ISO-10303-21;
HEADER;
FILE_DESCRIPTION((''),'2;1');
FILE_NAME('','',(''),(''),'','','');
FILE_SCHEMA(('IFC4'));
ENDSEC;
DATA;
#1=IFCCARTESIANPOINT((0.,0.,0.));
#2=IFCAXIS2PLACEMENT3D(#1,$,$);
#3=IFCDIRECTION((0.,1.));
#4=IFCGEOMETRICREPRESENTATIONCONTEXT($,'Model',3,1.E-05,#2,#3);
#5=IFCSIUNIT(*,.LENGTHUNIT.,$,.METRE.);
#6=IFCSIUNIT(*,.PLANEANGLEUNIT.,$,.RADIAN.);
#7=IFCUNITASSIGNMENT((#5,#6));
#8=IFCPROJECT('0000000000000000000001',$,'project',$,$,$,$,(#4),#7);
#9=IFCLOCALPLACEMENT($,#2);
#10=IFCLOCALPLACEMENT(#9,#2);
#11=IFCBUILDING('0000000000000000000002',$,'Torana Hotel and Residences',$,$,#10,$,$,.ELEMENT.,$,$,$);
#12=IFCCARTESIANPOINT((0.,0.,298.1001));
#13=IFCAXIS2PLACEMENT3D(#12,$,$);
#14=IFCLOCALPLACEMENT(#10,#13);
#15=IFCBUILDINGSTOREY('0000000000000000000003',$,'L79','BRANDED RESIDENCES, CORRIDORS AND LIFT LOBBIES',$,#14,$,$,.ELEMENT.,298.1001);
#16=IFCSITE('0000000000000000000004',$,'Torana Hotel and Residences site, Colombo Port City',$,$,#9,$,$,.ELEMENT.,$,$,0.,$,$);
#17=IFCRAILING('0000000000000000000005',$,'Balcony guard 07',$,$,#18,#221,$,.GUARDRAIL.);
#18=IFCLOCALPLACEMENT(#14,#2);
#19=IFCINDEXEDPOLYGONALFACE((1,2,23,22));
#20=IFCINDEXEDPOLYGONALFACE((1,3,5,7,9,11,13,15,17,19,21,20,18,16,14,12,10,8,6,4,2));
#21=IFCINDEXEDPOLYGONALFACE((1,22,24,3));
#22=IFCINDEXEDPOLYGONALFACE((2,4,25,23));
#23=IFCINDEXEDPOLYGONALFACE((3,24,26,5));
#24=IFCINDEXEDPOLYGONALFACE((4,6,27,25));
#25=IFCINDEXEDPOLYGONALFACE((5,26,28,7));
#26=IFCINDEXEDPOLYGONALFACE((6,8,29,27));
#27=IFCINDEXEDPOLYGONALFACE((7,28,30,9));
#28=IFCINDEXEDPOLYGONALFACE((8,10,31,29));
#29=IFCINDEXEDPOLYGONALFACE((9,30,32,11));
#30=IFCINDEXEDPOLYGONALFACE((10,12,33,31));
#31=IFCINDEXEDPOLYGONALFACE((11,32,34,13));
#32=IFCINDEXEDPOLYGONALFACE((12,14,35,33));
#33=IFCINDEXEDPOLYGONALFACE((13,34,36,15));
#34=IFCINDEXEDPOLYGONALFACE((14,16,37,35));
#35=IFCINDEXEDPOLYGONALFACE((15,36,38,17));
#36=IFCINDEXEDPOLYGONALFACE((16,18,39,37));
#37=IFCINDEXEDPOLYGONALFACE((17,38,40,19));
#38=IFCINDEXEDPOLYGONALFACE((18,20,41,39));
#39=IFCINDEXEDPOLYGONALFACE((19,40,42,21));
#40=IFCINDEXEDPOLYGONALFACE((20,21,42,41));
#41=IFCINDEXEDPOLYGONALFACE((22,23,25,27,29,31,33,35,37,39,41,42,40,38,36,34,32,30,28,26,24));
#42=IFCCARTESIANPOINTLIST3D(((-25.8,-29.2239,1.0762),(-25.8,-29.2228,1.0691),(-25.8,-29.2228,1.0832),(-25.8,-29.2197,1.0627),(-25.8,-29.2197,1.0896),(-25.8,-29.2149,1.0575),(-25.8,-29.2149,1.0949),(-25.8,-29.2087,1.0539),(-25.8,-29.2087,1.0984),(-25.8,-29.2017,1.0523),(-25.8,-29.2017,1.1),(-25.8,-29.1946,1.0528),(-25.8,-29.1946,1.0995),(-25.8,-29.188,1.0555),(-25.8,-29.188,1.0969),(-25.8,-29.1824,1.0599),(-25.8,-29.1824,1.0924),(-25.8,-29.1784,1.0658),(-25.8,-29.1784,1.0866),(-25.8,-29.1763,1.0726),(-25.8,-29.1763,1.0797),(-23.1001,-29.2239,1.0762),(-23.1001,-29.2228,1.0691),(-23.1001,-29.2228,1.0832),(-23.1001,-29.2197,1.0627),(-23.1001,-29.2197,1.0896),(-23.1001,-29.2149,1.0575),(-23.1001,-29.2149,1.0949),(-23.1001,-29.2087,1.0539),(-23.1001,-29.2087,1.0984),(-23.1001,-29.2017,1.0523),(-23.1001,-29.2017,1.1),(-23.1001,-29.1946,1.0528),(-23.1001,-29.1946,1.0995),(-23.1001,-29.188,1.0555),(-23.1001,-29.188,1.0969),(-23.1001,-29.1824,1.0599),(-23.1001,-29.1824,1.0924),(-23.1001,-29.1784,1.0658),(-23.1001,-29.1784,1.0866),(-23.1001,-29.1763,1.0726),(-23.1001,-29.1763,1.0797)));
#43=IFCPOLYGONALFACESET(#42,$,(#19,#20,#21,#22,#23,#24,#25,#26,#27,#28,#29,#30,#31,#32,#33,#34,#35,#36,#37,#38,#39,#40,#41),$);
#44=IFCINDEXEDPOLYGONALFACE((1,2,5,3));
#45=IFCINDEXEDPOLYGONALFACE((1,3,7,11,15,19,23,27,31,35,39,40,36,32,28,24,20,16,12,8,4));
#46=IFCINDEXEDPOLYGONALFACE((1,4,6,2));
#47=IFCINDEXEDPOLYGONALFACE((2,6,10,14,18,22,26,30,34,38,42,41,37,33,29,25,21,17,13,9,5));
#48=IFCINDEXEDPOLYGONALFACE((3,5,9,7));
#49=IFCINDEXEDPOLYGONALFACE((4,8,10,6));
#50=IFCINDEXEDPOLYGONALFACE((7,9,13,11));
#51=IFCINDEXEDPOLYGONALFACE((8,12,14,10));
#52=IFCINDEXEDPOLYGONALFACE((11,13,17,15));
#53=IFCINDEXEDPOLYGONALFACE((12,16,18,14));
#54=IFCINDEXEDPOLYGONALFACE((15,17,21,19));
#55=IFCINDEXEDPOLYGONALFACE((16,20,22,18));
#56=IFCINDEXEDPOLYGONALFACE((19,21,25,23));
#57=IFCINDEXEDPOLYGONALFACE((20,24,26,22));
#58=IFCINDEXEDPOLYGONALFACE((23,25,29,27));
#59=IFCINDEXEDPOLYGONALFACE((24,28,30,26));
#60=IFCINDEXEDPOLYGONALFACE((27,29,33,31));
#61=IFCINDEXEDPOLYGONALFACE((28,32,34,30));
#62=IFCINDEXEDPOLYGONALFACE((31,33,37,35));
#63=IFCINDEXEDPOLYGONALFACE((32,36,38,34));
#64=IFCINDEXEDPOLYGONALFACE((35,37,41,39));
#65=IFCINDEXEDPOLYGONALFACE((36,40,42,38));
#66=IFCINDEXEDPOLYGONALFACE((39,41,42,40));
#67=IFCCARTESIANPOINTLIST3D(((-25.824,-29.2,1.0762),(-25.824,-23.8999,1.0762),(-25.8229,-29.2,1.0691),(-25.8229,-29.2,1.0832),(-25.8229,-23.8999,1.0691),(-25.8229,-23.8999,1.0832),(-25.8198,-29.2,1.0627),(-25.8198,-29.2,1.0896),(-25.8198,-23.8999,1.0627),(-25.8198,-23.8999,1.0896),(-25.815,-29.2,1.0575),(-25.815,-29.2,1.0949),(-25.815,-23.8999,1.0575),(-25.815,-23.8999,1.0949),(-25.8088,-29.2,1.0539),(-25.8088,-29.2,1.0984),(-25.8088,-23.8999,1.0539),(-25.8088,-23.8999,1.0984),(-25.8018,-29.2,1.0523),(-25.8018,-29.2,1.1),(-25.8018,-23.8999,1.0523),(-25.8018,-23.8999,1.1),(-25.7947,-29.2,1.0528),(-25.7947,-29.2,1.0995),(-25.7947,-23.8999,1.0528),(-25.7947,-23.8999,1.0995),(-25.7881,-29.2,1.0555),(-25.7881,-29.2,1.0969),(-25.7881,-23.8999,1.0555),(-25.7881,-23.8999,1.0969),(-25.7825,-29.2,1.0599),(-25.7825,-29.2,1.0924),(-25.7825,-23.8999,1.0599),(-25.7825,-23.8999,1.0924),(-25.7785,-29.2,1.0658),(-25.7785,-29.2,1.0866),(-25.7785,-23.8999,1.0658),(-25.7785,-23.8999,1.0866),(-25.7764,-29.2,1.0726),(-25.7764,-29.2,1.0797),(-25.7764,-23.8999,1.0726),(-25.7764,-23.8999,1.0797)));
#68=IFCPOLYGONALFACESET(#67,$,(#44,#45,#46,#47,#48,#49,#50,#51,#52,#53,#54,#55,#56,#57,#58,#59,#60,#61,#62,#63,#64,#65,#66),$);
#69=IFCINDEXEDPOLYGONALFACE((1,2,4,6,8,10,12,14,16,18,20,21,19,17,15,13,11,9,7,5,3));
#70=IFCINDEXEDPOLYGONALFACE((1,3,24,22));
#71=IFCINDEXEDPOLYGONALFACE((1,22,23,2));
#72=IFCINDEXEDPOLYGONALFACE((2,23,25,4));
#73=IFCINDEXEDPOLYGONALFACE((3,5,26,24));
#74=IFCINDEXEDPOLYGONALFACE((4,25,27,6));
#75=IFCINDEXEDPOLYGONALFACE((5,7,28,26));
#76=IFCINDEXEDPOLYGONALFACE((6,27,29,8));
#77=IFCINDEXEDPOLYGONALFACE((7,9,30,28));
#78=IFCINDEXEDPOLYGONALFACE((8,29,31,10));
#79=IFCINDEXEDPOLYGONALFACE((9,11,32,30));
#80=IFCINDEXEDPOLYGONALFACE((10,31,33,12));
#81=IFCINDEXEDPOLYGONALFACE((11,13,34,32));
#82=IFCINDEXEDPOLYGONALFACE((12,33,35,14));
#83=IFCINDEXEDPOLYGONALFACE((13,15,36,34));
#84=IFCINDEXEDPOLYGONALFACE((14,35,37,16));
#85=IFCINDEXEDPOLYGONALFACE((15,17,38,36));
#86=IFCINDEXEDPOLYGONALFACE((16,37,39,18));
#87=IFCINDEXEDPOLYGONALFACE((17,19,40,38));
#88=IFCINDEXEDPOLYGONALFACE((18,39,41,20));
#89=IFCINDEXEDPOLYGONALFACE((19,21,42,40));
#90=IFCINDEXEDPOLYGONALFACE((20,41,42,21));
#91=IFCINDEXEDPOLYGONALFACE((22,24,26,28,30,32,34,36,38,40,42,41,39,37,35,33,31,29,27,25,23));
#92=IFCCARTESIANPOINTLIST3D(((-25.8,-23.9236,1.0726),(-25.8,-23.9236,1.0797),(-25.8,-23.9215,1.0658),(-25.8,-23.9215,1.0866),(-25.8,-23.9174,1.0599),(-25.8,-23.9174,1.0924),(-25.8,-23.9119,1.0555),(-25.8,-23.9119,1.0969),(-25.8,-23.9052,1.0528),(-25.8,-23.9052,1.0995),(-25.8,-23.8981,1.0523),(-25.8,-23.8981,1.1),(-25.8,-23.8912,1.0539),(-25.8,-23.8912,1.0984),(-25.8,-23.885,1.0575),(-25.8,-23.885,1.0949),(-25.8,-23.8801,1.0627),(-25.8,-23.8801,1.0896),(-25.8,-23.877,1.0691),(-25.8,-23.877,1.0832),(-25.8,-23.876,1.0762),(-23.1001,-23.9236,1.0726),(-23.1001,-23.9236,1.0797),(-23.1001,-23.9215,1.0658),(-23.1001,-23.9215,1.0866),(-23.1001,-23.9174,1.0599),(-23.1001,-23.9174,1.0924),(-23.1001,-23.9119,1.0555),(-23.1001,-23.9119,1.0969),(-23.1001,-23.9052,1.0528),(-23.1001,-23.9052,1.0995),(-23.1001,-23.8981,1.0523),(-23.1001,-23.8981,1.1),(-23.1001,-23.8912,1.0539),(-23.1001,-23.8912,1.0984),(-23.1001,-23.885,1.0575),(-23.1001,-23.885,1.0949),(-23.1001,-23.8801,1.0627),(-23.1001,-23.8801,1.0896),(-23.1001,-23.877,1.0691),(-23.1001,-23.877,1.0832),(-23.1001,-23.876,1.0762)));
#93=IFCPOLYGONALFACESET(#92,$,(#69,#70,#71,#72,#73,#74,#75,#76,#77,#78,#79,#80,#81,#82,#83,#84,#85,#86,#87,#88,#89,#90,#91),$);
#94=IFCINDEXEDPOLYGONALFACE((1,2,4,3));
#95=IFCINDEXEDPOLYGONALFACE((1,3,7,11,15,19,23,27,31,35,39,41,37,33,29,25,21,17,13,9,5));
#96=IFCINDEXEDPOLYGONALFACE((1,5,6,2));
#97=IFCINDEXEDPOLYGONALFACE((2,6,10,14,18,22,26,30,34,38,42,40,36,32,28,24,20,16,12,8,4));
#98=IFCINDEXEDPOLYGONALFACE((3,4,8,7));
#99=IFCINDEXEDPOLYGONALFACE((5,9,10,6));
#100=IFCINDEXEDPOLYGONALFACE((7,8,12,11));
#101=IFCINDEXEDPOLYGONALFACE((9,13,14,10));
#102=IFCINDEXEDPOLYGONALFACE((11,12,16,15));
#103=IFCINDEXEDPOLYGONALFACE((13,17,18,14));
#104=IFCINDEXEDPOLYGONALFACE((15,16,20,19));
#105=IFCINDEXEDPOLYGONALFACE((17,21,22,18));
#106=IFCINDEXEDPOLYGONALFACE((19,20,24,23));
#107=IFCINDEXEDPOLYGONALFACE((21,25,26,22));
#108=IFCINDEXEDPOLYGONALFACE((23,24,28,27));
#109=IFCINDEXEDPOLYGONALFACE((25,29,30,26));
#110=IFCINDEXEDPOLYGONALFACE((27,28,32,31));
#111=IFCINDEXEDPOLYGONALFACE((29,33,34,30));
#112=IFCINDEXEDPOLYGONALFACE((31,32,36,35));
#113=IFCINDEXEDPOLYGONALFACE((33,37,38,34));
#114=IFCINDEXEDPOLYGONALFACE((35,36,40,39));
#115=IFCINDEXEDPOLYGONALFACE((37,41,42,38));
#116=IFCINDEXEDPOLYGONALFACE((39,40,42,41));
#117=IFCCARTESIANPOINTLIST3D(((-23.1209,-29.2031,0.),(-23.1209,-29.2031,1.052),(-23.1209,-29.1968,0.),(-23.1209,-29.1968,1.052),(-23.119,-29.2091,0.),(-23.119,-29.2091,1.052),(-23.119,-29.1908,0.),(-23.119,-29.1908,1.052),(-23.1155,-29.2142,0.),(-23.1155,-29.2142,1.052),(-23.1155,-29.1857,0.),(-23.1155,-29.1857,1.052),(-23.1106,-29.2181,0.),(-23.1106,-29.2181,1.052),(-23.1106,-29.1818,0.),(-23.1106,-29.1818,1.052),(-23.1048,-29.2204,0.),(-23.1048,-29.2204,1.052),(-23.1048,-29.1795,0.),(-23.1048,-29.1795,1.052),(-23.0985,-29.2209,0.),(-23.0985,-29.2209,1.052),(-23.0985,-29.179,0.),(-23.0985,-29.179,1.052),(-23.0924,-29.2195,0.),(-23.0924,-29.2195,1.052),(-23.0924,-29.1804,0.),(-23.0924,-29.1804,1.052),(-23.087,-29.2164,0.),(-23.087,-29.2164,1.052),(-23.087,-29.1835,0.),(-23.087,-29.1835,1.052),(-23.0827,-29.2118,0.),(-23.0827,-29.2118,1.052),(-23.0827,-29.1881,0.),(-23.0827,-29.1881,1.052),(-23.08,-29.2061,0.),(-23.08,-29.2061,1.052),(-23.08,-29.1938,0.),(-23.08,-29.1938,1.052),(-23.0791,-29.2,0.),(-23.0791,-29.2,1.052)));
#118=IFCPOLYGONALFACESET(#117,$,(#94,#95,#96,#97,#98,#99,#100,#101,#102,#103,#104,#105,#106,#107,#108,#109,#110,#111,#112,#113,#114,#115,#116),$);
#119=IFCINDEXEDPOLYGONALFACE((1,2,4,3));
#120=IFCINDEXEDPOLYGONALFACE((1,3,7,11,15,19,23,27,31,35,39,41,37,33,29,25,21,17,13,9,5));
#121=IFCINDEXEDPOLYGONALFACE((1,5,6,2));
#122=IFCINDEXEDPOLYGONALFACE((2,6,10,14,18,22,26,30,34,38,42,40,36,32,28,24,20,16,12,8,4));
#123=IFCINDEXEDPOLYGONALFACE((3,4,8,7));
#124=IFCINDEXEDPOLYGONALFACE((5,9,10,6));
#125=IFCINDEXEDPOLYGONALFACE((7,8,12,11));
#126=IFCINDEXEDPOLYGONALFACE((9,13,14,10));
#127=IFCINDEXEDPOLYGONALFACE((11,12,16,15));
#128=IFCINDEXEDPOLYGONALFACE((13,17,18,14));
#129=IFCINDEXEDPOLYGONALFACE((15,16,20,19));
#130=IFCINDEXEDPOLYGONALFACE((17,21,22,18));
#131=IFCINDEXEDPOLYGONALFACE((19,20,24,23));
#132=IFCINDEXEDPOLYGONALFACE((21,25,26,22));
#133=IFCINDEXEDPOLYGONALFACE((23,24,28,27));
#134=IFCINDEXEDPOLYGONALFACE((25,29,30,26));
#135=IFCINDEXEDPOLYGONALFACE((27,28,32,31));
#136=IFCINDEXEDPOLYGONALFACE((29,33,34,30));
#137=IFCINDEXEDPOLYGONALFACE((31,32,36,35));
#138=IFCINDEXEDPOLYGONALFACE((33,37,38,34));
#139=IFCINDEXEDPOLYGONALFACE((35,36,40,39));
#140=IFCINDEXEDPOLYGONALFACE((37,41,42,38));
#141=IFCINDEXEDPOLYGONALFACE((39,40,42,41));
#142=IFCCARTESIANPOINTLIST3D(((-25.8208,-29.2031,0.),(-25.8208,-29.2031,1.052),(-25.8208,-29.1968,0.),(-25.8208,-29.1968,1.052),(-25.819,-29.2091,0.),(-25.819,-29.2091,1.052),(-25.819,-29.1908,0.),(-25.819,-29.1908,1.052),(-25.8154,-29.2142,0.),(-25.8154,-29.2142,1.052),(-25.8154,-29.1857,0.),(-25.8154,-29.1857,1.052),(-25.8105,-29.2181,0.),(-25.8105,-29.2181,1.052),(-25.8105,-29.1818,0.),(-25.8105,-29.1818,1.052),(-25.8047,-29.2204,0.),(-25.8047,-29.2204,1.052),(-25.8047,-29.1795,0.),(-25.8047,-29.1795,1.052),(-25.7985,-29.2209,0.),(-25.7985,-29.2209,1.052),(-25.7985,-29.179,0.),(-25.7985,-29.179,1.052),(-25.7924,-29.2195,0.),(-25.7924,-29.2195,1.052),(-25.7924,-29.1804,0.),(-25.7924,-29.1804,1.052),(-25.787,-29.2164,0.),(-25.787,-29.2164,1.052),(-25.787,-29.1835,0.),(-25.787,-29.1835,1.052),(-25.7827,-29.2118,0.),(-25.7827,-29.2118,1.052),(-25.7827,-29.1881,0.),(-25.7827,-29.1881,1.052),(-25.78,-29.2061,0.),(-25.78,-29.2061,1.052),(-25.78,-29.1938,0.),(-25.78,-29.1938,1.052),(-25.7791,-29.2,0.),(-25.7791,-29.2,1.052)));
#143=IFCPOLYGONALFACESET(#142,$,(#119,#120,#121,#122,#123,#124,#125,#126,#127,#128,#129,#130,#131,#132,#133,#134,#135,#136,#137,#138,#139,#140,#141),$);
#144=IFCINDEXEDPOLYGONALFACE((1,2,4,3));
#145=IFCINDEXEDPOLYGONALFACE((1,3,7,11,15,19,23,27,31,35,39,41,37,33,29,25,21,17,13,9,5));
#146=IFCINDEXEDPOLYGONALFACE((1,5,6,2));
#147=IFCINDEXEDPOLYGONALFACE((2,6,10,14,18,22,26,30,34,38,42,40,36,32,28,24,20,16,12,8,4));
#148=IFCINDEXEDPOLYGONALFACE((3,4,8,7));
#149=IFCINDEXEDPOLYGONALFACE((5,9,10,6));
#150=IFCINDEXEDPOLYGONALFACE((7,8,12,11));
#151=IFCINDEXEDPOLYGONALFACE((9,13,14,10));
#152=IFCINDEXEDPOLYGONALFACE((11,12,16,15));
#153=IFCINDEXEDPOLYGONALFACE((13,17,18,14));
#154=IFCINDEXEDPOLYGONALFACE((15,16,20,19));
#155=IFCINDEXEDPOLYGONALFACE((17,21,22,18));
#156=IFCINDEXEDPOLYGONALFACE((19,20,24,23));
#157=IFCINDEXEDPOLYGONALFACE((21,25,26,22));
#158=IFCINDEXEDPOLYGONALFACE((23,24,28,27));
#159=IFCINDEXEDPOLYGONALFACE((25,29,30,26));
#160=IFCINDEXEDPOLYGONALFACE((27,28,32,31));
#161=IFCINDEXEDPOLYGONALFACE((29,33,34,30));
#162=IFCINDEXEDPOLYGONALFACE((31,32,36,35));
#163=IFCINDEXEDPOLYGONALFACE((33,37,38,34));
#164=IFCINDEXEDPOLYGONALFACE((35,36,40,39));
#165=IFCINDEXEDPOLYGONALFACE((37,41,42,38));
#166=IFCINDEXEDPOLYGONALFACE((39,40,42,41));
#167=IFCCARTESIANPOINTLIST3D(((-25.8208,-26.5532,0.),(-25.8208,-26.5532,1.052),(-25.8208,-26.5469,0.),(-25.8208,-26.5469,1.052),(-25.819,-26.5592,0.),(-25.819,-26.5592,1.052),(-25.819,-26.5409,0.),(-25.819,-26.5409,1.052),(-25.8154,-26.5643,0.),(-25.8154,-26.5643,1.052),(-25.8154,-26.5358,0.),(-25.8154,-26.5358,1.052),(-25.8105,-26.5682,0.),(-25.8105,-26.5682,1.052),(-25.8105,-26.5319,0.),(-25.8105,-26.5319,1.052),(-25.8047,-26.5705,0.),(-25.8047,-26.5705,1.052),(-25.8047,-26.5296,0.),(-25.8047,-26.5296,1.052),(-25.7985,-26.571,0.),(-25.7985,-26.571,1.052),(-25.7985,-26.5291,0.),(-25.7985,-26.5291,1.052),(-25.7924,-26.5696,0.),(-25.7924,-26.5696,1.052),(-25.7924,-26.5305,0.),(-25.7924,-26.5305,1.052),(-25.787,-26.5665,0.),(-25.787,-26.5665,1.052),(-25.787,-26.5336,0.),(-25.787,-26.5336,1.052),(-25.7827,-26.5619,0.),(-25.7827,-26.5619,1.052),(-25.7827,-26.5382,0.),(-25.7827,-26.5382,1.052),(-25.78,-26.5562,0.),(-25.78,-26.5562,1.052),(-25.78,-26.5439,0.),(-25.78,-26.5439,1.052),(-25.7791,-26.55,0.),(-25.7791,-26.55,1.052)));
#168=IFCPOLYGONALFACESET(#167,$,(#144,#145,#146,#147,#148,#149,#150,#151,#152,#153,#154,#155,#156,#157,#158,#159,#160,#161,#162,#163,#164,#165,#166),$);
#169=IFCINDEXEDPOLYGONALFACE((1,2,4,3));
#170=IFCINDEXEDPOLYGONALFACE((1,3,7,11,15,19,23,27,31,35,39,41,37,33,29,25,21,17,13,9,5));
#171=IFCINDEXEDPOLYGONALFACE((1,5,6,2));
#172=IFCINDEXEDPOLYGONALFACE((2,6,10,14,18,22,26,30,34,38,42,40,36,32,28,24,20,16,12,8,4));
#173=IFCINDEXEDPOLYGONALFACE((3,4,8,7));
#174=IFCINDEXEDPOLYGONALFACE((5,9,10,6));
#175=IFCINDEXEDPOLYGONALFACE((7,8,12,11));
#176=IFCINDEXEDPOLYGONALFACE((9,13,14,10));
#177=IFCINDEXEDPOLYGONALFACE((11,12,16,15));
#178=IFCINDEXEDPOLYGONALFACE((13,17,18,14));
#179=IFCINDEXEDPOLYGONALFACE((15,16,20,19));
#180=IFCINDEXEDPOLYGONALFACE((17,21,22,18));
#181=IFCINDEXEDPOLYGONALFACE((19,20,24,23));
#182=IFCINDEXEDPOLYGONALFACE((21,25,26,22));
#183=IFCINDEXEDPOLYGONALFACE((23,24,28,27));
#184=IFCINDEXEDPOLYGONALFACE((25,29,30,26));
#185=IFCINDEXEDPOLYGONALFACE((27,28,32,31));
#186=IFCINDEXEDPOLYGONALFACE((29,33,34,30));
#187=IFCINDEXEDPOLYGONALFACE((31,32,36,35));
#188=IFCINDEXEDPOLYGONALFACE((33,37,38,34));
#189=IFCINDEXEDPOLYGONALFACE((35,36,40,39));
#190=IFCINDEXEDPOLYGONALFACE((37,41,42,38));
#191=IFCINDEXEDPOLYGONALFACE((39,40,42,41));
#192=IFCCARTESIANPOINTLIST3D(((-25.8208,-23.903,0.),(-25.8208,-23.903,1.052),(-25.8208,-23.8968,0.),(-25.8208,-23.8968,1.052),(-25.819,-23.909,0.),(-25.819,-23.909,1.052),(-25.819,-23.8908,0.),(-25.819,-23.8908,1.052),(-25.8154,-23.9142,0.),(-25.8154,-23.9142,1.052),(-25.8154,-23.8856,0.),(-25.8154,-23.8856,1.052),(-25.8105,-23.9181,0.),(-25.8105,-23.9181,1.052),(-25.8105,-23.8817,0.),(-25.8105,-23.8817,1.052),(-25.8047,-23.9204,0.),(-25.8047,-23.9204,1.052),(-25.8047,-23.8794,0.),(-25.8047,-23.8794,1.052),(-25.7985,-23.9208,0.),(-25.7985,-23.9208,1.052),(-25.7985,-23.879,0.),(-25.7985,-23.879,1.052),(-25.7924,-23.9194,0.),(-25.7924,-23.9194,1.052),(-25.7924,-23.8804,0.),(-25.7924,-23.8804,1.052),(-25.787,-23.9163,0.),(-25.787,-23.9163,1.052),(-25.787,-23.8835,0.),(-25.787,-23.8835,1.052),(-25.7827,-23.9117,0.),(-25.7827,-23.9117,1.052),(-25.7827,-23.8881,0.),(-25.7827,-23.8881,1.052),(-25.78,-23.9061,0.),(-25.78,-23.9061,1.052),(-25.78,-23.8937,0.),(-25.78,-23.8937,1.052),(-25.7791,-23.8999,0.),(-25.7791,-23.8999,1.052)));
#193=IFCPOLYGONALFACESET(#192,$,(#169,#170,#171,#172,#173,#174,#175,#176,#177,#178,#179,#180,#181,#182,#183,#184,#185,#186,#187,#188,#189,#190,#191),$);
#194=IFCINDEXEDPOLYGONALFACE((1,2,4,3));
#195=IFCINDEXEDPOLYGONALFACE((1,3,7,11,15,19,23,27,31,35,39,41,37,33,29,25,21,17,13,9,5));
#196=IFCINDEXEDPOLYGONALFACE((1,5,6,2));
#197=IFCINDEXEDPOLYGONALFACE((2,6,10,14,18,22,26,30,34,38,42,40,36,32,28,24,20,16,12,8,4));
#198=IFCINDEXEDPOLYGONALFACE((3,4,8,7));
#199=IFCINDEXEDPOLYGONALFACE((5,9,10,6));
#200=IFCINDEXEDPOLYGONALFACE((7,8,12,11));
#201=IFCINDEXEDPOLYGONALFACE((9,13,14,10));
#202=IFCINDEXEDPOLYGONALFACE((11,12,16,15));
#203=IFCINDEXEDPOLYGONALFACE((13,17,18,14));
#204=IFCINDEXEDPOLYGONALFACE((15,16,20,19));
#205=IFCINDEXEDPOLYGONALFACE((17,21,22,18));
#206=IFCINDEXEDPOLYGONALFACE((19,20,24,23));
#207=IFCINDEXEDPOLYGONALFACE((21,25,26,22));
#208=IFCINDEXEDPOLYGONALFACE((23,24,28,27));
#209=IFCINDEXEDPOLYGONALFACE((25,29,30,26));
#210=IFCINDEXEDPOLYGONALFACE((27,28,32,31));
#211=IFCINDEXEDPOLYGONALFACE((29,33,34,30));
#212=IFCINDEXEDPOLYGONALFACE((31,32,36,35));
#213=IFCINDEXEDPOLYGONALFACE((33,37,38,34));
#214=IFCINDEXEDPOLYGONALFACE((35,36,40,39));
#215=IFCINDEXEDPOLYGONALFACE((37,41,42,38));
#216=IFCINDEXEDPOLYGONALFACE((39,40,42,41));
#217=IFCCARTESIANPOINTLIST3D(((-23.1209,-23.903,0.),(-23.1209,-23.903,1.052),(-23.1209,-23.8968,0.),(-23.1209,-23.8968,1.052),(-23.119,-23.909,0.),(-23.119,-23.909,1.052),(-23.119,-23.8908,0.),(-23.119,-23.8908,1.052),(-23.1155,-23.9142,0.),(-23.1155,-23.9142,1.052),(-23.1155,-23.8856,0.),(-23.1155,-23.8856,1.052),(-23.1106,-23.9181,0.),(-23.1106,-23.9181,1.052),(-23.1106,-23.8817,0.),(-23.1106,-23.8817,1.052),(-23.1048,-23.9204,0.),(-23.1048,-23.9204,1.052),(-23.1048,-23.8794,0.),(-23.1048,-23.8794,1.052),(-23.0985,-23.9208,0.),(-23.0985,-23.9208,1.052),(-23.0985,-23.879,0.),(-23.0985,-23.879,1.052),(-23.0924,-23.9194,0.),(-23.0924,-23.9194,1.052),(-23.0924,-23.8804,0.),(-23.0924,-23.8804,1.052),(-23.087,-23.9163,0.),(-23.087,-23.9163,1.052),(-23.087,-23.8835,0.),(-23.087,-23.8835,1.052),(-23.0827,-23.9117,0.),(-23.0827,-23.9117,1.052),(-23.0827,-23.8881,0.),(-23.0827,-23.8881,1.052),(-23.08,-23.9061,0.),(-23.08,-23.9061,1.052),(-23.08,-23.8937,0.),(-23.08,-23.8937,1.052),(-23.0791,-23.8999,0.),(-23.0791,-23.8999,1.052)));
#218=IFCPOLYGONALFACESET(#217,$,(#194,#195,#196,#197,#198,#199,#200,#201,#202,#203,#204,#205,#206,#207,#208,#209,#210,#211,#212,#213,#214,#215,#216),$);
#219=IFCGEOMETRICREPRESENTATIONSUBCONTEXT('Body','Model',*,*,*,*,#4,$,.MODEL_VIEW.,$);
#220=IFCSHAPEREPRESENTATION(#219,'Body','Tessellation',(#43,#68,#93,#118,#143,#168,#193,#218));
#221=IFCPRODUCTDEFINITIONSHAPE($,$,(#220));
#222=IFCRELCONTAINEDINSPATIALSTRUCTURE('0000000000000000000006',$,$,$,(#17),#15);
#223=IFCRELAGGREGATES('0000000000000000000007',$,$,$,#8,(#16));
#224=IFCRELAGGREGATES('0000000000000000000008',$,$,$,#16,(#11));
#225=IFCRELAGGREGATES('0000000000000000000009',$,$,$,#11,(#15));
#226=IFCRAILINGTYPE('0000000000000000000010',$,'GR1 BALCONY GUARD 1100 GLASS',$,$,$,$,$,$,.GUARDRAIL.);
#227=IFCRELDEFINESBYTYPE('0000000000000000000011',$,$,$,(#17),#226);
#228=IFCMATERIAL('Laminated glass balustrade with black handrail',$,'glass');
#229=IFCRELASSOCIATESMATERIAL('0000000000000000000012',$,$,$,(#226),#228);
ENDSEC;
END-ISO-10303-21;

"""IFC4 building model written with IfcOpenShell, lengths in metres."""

from ifc_helpers import new_model, si_unit, direction, frame, origin, origin_2d, place, context, subcontext, project, spatial, circle, extrude, material, type_object, element, save


model = new_model("IFC4")

# Units and contexts
model_context = context("Model", 3, precision=1e-05, world=origin(), true_north=direction((0.0, 1.0)))
body_context = subcontext(model_context, "Body", "Model", "MODEL_VIEW")
ifc_project = project(units=[si_unit("LENGTHUNIT", "METRE"), si_unit("PLANEANGLEUNIT", "RADIAN")], contexts=[model_context])

# Site, building, storey
site_placement = place(None, origin())
site = spatial("IfcSite", under=ifc_project, at=site_placement, Name="Torana Hotel and Residences site, Colombo Port City", CompositionType="ELEMENT", RefElevation=0.0)
building_placement = place(site_placement, origin())
building = spatial("IfcBuilding", under=site, at=building_placement, Name="Torana Hotel and Residences", CompositionType="ELEMENT")
storey_placement = place(building_placement, frame((0.0, 0.0, 298.1001)))
storey = spatial("IfcBuildingStorey", under=building, at=storey_placement, Name="L79", Description="BRANDED RESIDENCES, CORRIDORS AND LIFT LOBBIES", CompositionType="ELEMENT", Elevation=298.1001)

# Railing
ifc_material_1 = material(Name="Laminated glass balustrade with black handrail", Category="glass")
railing_type = type_object("IfcRailingType", Name="GR1 BALCONY GUARD 1100 GLASS", PredefinedType="GUARDRAIL", material=ifc_material_1)
railing_placement = place(storey_placement, frame((-23.1001, -29.2, 0.0)))
element("IfcRailing", 1, at=railing_placement, inside=storey, type_object=railing_type, Name="Balcony guard 07", PredefinedType="GUARDRAIL", context=body_context, shape_type="SweptSolid", body=[
    extrude(circle(Radius=0.0239, at=origin_2d()), frame((0.0, 0.0, 1.0762), z_axis=(-1.0, 0.0, 0.0), x_axis=(0.0, -1.0, 0.0)), (0.0, 0.0, 1.0), 2.7),
    extrude(circle(Radius=0.0239, at=origin_2d()), frame((-2.7, 0.0, 1.0762), z_axis=(0.0, 1.0, 0.0), x_axis=(-1.0, 0.0, 0.0)), (0.0, 0.0, 1.0), 5.3),
    extrude(circle(Radius=0.0239, at=origin_2d()), frame((-2.7, 5.3, 1.0762), z_axis=(1.0, 0.0, 0.0), x_axis=(0.0, 1.0, 0.0)), (0.0, 0.0, 1.0), 2.7),
    extrude(circle(Radius=0.021, at=origin_2d()), origin(), (0.0, 0.0, 1.0), 1.052),
    extrude(circle(Radius=0.021, at=origin_2d()), frame((-2.7, 0.0, 0.0)), (0.0, 0.0, 1.0), 1.052),
    extrude(circle(Radius=0.021, at=origin_2d()), frame((-2.7, 2.6499, 0.0)), (0.0, 0.0, 1.0), 1.052),
    extrude(circle(Radius=0.021, at=origin_2d()), frame((-2.7, 5.3, 0.0)), (0.0, 0.0, 1.0), 1.052),
    extrude(circle(Radius=0.021, at=origin_2d()), frame((0.0, 5.3, 0.0)), (0.0, 0.0, 1.0), 1.052),
])

save(model, "model.ifc")
